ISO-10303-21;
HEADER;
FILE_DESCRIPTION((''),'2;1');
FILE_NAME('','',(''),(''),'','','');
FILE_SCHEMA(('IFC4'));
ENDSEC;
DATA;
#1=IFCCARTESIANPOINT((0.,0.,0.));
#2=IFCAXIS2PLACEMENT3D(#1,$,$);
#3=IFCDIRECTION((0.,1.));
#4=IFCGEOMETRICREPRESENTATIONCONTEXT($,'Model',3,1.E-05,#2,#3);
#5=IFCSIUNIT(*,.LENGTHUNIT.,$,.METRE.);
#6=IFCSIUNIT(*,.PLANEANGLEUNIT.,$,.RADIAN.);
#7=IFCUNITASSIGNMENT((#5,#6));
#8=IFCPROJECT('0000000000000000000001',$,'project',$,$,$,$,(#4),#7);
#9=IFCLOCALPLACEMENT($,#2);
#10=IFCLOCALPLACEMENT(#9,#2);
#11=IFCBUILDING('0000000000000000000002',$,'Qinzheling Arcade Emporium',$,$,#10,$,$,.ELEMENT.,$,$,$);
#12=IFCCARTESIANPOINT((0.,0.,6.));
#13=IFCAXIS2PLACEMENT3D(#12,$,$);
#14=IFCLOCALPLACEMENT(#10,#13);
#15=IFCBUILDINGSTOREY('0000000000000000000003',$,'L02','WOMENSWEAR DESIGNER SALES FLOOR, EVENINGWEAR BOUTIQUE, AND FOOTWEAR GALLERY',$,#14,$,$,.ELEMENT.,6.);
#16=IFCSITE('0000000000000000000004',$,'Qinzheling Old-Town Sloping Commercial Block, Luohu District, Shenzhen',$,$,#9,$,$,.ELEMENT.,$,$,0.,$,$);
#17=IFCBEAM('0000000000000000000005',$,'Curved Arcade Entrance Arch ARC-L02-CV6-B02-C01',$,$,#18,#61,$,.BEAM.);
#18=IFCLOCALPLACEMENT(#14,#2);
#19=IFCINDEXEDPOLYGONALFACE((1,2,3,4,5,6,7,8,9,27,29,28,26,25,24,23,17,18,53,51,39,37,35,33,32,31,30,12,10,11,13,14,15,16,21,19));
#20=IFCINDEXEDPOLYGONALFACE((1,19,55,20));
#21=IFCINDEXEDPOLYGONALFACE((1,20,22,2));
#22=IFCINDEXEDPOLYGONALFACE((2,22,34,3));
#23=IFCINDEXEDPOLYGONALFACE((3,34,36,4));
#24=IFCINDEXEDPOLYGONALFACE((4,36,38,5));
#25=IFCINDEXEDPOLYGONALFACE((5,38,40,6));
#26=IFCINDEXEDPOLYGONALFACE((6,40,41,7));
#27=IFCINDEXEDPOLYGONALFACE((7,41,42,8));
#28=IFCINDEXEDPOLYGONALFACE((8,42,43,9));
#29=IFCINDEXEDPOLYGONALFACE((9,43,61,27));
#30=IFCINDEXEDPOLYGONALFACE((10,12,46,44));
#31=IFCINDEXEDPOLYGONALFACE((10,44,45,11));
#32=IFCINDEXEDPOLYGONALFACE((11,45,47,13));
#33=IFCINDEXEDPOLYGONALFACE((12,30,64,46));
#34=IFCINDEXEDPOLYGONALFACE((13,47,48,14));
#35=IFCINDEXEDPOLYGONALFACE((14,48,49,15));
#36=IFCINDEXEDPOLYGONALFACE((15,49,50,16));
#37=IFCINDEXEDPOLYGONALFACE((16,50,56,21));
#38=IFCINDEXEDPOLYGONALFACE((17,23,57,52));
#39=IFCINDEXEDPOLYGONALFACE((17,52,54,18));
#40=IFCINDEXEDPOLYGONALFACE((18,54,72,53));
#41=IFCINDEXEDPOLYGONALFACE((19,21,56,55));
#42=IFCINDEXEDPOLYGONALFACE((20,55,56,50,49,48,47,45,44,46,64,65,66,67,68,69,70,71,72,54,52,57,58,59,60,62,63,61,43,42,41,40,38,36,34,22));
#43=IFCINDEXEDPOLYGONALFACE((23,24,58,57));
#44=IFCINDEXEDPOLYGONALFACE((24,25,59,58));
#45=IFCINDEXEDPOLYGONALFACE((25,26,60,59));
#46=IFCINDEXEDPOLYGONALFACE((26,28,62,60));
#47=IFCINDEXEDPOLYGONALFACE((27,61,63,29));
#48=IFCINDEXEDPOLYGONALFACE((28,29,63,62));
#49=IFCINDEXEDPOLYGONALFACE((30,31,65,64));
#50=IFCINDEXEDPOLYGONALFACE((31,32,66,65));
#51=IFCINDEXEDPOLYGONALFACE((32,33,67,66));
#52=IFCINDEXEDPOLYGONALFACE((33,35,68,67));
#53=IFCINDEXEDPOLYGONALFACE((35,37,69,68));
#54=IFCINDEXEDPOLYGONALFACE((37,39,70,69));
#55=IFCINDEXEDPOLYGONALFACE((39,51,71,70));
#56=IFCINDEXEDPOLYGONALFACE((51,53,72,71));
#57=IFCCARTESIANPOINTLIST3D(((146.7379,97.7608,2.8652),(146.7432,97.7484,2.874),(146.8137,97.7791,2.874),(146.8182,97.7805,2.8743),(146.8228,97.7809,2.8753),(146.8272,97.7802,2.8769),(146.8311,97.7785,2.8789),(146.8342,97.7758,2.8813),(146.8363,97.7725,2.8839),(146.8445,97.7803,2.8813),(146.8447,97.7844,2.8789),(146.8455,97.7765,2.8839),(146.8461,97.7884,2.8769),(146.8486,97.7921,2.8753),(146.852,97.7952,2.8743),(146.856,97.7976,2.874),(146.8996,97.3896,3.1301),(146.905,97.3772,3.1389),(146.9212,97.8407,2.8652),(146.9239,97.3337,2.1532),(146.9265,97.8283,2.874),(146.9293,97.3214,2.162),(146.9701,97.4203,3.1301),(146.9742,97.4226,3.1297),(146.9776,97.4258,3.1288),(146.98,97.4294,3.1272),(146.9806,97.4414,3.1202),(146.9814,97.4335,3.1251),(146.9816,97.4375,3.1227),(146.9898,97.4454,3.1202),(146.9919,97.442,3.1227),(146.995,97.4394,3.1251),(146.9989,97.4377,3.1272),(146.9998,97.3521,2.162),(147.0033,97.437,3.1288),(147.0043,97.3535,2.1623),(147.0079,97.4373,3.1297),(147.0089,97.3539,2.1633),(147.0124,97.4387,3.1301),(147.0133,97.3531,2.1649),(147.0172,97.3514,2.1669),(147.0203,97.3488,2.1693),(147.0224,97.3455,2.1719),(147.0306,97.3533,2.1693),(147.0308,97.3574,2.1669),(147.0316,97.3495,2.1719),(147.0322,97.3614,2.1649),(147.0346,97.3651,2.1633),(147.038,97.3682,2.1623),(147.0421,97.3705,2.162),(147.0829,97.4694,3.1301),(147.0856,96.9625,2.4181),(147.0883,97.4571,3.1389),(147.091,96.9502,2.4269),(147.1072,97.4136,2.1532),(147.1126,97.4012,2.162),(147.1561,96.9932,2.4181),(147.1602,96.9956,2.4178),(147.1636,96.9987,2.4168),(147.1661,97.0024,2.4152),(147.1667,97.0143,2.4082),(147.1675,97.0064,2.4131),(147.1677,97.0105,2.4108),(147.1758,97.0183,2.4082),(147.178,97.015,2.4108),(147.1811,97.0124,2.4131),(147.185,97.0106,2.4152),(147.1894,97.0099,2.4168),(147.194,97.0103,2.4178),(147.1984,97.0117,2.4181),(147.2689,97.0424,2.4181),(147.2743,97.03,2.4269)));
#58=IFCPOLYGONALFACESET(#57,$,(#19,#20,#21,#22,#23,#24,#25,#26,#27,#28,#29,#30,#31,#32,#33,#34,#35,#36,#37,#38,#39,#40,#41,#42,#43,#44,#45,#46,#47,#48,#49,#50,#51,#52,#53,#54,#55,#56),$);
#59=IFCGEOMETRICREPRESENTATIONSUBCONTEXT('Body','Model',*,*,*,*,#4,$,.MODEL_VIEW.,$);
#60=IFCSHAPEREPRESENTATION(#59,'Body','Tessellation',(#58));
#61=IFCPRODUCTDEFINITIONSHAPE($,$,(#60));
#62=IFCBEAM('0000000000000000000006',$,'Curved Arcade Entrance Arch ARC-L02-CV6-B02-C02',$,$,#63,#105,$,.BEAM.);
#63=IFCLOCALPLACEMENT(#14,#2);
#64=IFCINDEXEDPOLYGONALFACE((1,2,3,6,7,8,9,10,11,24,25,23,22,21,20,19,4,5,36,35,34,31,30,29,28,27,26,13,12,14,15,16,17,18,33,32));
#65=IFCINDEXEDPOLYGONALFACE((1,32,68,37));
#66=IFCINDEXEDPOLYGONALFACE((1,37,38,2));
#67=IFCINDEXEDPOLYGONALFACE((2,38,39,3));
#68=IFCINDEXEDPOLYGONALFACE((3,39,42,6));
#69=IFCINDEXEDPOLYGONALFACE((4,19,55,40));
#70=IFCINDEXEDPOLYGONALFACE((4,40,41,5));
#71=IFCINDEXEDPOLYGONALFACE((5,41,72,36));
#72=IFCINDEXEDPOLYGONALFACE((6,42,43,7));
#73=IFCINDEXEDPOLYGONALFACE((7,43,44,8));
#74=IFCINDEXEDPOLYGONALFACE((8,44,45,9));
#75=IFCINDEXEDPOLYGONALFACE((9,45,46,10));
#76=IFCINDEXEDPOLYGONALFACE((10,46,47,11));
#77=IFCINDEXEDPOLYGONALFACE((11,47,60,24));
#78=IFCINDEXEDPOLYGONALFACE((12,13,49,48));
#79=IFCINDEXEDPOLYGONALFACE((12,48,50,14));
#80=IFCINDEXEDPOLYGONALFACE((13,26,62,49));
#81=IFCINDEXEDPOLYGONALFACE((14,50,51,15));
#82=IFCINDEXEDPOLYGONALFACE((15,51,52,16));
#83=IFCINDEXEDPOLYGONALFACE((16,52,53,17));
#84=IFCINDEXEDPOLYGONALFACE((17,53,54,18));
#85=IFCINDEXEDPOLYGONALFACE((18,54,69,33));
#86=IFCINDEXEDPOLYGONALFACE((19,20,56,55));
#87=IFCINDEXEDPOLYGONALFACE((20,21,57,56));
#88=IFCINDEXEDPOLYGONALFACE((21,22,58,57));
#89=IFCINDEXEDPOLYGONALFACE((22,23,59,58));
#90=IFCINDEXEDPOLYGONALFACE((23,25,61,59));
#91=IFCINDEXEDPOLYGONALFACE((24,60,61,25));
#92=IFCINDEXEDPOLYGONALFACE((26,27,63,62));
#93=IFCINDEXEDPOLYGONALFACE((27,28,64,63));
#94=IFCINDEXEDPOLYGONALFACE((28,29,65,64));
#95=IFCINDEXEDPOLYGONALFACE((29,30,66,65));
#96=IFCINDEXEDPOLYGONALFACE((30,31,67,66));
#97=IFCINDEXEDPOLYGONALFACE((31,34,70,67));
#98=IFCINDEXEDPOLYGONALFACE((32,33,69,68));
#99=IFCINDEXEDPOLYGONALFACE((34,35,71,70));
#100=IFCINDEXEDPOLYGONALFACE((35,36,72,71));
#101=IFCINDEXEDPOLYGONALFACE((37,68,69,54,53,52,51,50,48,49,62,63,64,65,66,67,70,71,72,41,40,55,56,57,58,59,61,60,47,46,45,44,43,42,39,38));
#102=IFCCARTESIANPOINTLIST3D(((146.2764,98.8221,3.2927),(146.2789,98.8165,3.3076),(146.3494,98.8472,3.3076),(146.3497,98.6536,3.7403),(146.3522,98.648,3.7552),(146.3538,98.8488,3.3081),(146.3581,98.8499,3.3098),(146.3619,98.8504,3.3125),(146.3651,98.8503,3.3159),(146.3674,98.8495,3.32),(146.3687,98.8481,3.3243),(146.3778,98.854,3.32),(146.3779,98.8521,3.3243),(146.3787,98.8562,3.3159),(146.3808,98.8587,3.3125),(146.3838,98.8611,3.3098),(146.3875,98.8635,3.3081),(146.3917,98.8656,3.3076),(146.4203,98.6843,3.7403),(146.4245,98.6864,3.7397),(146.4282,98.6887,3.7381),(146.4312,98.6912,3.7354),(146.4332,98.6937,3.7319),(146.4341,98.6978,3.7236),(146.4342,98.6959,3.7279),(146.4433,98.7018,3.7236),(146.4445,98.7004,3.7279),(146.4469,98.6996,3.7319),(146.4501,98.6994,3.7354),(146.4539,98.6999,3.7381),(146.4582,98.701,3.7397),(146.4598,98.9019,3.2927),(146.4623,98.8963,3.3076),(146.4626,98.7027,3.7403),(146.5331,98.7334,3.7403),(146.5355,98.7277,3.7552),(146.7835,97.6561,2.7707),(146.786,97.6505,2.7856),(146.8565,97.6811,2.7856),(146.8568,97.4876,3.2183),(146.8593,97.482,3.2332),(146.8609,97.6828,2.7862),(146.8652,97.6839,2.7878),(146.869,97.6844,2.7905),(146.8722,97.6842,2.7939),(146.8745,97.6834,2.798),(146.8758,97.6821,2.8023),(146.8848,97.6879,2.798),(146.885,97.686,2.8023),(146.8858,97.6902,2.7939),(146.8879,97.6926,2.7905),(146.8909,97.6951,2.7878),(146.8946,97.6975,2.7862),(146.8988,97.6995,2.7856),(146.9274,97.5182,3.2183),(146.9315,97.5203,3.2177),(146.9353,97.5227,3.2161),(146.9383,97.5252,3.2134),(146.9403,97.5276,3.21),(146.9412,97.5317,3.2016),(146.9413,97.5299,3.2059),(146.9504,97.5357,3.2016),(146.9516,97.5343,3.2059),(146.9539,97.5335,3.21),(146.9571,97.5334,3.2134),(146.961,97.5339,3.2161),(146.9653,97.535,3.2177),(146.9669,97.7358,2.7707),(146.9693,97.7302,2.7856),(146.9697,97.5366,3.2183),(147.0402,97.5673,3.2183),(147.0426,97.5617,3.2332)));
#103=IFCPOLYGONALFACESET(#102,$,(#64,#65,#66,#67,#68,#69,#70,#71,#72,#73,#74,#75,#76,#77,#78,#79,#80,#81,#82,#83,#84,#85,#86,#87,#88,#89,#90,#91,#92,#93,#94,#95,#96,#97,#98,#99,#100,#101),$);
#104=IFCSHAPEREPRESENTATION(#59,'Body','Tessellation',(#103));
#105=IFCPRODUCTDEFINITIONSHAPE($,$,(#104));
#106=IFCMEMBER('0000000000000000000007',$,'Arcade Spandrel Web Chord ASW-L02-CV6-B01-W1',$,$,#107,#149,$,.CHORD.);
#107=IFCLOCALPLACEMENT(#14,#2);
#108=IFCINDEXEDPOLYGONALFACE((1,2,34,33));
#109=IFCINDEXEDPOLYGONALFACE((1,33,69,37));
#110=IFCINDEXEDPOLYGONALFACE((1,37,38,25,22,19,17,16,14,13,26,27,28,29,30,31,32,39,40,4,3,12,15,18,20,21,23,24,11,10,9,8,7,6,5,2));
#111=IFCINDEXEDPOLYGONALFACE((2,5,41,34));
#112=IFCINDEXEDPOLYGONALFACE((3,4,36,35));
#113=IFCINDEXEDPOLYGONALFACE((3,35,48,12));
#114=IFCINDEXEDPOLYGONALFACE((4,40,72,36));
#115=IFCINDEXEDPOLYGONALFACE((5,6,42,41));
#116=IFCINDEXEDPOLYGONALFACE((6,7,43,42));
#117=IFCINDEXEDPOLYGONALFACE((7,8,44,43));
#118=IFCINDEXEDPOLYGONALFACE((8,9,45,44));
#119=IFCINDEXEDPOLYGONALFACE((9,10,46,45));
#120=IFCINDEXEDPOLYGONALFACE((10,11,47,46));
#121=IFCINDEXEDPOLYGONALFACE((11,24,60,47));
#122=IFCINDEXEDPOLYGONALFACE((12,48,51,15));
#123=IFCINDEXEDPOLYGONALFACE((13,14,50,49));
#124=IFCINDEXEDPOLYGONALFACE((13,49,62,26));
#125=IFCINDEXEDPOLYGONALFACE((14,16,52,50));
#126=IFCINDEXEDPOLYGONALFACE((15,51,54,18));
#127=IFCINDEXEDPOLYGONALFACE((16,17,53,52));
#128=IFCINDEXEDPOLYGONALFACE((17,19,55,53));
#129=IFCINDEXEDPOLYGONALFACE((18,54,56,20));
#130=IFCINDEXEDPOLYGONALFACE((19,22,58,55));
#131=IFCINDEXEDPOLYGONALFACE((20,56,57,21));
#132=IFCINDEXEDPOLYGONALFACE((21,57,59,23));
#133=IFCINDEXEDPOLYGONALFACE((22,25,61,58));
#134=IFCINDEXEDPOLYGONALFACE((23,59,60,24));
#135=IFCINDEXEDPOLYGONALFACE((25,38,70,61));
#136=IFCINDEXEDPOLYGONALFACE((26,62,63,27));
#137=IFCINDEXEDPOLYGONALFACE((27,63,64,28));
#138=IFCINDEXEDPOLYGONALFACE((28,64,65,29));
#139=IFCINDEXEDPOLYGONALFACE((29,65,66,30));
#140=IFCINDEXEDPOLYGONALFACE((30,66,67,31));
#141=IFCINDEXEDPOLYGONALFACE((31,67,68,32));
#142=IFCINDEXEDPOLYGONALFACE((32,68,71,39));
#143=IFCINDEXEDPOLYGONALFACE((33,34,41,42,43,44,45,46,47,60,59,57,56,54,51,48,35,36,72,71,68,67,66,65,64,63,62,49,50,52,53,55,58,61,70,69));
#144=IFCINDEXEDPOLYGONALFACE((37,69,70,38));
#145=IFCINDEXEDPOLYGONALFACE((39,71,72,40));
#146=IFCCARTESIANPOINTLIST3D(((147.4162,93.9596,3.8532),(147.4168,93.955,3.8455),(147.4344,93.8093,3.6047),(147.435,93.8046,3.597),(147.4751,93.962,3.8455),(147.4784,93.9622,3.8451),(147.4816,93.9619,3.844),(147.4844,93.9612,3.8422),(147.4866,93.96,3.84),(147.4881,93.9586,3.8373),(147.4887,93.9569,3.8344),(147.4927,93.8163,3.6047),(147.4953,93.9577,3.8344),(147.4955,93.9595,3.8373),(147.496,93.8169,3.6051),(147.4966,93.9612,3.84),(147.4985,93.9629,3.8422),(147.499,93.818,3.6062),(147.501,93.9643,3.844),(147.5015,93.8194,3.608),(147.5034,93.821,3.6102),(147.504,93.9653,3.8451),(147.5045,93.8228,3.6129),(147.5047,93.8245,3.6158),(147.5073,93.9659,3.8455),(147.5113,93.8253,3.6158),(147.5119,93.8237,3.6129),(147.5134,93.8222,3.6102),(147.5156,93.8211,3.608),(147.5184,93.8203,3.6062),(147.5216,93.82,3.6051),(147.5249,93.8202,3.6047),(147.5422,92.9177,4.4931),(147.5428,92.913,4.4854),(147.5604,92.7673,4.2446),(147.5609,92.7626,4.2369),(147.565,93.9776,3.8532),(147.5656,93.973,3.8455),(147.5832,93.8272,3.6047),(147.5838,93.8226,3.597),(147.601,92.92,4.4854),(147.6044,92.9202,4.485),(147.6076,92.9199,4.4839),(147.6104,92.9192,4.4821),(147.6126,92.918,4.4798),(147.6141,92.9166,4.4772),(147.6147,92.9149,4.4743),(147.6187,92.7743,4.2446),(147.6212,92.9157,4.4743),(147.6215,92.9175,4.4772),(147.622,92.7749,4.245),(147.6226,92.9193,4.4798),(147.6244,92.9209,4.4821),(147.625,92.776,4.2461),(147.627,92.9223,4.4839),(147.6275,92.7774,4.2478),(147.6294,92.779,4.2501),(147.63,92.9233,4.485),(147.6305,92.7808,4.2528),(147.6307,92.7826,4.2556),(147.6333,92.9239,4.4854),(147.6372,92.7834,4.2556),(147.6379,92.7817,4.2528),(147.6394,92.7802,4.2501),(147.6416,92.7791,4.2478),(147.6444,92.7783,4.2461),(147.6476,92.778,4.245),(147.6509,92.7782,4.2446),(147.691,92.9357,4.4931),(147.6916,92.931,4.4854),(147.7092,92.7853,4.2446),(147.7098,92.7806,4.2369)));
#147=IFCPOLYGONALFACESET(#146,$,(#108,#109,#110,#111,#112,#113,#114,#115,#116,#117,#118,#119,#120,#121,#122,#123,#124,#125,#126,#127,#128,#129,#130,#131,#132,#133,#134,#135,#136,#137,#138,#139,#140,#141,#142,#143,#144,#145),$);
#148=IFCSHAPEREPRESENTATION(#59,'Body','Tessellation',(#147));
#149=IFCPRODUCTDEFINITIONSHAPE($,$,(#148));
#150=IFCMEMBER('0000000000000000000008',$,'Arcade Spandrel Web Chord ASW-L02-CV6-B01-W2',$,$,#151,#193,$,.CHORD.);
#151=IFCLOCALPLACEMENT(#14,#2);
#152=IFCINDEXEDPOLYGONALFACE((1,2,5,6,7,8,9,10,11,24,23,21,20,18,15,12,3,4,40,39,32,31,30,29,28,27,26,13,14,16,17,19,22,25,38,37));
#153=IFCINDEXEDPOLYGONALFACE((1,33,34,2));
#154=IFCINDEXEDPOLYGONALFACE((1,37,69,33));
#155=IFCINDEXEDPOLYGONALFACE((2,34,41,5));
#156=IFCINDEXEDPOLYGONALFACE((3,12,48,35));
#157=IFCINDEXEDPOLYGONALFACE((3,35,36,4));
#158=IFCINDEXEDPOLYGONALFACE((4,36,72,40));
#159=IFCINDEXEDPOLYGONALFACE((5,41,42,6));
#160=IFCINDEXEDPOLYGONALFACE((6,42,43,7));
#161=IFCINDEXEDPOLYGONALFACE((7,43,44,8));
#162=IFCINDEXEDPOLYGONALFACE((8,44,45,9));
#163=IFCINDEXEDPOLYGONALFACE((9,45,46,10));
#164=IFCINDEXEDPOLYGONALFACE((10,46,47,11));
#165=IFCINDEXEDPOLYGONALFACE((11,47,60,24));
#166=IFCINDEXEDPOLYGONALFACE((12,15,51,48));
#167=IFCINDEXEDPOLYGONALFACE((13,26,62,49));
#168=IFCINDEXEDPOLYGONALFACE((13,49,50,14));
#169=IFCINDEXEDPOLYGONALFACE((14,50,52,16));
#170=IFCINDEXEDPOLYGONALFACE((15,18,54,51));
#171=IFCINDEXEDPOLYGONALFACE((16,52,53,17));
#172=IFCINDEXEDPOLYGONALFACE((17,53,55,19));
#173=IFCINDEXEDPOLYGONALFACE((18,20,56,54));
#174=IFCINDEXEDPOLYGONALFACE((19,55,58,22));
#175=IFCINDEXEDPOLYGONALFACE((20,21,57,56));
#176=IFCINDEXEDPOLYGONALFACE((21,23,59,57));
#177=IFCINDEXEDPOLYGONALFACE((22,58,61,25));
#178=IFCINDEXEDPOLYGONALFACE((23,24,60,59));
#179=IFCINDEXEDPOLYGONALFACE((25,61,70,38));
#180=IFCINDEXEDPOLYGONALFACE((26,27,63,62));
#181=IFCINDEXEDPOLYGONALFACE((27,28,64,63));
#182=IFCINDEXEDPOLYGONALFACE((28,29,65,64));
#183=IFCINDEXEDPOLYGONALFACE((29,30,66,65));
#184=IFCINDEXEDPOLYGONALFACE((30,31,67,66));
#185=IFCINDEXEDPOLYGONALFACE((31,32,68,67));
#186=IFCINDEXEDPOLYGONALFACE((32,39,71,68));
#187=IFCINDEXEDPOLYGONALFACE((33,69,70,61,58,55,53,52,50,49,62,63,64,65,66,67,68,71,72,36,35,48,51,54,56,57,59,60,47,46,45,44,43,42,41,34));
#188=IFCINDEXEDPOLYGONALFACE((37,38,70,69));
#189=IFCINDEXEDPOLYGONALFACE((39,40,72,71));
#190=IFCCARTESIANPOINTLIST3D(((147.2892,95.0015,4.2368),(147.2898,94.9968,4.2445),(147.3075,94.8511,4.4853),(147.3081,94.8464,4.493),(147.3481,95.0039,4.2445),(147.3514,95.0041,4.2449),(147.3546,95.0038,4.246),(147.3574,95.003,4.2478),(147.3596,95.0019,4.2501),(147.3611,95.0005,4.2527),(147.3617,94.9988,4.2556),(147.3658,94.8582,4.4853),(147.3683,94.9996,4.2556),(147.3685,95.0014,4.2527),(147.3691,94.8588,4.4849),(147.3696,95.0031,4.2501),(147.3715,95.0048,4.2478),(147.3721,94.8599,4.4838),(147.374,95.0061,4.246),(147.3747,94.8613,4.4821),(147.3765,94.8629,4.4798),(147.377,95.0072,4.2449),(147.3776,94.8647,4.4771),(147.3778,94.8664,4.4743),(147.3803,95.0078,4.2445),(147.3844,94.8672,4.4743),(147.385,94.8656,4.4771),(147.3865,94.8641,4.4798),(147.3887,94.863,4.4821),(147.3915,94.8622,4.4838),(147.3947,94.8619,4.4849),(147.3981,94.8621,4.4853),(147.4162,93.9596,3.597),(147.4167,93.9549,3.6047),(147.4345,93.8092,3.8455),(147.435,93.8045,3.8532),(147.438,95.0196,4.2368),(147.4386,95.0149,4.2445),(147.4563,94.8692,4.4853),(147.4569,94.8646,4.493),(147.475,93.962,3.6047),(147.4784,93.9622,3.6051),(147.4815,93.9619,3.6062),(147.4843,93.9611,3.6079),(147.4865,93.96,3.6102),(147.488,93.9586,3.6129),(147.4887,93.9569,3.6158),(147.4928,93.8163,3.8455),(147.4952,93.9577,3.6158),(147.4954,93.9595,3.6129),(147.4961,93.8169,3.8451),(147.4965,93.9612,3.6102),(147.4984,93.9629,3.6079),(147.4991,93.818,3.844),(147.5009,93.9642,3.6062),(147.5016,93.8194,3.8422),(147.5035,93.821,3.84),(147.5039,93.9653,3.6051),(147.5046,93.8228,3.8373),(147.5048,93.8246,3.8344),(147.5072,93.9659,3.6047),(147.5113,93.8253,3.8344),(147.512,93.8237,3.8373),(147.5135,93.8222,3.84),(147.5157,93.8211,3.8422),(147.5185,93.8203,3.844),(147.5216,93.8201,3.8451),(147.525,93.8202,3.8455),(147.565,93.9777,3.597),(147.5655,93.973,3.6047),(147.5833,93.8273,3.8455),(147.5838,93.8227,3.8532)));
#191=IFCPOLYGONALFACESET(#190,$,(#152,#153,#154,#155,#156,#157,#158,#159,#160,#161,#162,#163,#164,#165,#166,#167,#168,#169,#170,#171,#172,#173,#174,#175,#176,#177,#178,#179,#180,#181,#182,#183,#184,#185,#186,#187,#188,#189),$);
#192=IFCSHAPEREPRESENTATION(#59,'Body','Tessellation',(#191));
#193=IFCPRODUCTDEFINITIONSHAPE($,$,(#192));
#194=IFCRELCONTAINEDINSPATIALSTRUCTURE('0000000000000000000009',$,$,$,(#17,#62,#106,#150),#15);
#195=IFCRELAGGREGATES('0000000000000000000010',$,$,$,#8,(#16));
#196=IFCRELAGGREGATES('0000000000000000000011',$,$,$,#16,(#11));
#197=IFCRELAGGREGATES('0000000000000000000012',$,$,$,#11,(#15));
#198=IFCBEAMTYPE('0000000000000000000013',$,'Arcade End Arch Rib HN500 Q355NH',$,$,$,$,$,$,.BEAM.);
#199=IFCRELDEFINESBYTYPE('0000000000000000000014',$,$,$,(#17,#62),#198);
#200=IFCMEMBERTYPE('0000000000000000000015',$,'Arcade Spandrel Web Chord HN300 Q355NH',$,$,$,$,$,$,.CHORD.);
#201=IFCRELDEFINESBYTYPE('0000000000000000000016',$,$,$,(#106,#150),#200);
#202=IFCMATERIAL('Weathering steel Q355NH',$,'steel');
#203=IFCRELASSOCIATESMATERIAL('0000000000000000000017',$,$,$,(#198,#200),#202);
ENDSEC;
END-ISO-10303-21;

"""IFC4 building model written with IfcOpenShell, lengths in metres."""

from ifc_helpers import new_model, si_unit, direction, frame, origin, origin_2d, place, context, subcontext, project, spatial, i_section, extrude, material, material_profile, profile_set, type_object, element, save


model = new_model("IFC4")

# Units and contexts
model_context = context("Model", 3, precision=1e-05, world=origin(), true_north=direction((0.0, 1.0)))
body_context = subcontext(model_context, "Body", "Model", "MODEL_VIEW")
ifc_project = project(units=[si_unit("LENGTHUNIT", "METRE"), si_unit("PLANEANGLEUNIT", "RADIAN")], contexts=[model_context])

# Site, building, storey
site_placement = place(None, origin())
site = spatial("IfcSite", under=ifc_project, at=site_placement, Name="Qinzheling Old-Town Sloping Commercial Block, Luohu District, Shenzhen", CompositionType="ELEMENT", RefElevation=0.0)
building_placement = place(site_placement, origin())
building = spatial("IfcBuilding", under=site, at=building_placement, Name="Qinzheling Arcade Emporium", CompositionType="ELEMENT")
storey_placement = place(building_placement, frame((0.0, 0.0, 6.0)))
storey = spatial("IfcBuildingStorey", under=building, at=storey_placement, Name="L02", Description="WOMENSWEAR DESIGNER SALES FLOOR, EVENINGWEAR BOUTIQUE, AND FOOTWEAR GALLERY", CompositionType="ELEMENT", Elevation=6.0)

# Beams
ifc_material_1 = material(Name="Weathering steel Q355NH", Category="steel")
ifc_material_profile_1 = material_profile(ifc_material_1, i_section(OverallWidth=0.2, OverallDepth=0.5, WebThickness=0.01, FlangeThickness=0.0161, FilletRadius=0.0181, at=origin_2d()), Name="HN 500x200x10x16", Category="steel")
ifc_profile_set_1 = profile_set([ifc_material_profile_1], Name="Weathering steel Q355NH")
beam_type = type_object("IfcBeamType", Name="Arcade End Arch Rib HN500 Q355NH", PredefinedType="BEAM", material=ifc_profile_set_1)
beam_1_placement = place(storey_placement, frame((147.0991, 97.1819, 2.29), z_axis=(-0.218674, 0.501917, 0.836816), x_axis=(-0.91677, -0.399416, 0.0)))
element("IfcBeam", 1, at=beam_1_placement, inside=storey, type_object=beam_type, Name="Curved Arcade Entrance Arch ARC-L02-CV6-B02-C01", PredefinedType="BEAM", context=body_context, shape_type="SweptSolid", body=[
    extrude(i_section(OverallWidth=0.2, OverallDepth=0.5, WebThickness=0.01, FlangeThickness=0.0161, FilletRadius=0.0181, at=origin_2d()), origin(), (0.0, 0.0, 1.0), 0.8508),
])
beam_2_placement = place(storey_placement, frame((146.9131, 97.6089, 3.002), z_axis=(-0.368927, 0.848336, 0.379762), x_axis=(-0.917036, -0.398803, 0.0)))
element("IfcBeam", 2, at=beam_2_placement, inside=storey, type_object=beam_type, Name="Curved Arcade Entrance Arch ARC-L02-CV6-B02-C02", PredefinedType="BEAM", context=body_context, shape_type="SweptSolid", body=[
    extrude(i_section(OverallWidth=0.2, OverallDepth=0.5, WebThickness=0.01, FlangeThickness=0.0161, FilletRadius=0.0181, at=origin_2d()), origin(), (0.0, 0.0, 1.0), 1.3745),
])

# Members
ifc_material_profile_2 = material_profile(ifc_material_1, i_section(OverallWidth=0.1499, OverallDepth=0.3, WebThickness=0.0066, FlangeThickness=0.009, FilletRadius=0.0129, at=origin_2d()), Name="HN 300x150x6.5x9", Category="steel")
ifc_profile_set_2 = profile_set([ifc_material_profile_2], Name="Weathering steel Q355NH")
member_type_1 = type_object("IfcMemberType", Name="Arcade Spandrel Web Chord HN300 Q355NH", PredefinedType="CHORD", material=ifc_profile_set_2)
for number, where, z_axis, x_axis, name in (
    (3, (147.5, 93.8911, 3.7251), (0.102482, -0.847658, 0.520551), (0.992771, 0.120026, 0.0), "Arcade Spandrel Web Chord ASW-L02-CV6-B01-W1"),
    (4, (147.5, 93.8911, 3.7251), (-0.103268, 0.847589, 0.520508), (-0.99266, -0.120943, 0.0), "Arcade Spandrel Web Chord ASW-L02-CV6-B01-W2"),
):
    element("IfcMember", number, at=place(storey_placement, frame(where, z_axis=z_axis, x_axis=x_axis)), inside=storey, type_object=member_type_1, Name=name, PredefinedType="CHORD", context=body_context, shape_type="SweptSolid", body=[
        extrude(i_section(OverallWidth=0.1499, OverallDepth=0.3, WebThickness=0.0066, FlangeThickness=0.009, FilletRadius=0.0129, at=origin_2d()), origin(), (0.0, 0.0, 1.0), 1.2292),
    ])

save(model, "model.ifc")
